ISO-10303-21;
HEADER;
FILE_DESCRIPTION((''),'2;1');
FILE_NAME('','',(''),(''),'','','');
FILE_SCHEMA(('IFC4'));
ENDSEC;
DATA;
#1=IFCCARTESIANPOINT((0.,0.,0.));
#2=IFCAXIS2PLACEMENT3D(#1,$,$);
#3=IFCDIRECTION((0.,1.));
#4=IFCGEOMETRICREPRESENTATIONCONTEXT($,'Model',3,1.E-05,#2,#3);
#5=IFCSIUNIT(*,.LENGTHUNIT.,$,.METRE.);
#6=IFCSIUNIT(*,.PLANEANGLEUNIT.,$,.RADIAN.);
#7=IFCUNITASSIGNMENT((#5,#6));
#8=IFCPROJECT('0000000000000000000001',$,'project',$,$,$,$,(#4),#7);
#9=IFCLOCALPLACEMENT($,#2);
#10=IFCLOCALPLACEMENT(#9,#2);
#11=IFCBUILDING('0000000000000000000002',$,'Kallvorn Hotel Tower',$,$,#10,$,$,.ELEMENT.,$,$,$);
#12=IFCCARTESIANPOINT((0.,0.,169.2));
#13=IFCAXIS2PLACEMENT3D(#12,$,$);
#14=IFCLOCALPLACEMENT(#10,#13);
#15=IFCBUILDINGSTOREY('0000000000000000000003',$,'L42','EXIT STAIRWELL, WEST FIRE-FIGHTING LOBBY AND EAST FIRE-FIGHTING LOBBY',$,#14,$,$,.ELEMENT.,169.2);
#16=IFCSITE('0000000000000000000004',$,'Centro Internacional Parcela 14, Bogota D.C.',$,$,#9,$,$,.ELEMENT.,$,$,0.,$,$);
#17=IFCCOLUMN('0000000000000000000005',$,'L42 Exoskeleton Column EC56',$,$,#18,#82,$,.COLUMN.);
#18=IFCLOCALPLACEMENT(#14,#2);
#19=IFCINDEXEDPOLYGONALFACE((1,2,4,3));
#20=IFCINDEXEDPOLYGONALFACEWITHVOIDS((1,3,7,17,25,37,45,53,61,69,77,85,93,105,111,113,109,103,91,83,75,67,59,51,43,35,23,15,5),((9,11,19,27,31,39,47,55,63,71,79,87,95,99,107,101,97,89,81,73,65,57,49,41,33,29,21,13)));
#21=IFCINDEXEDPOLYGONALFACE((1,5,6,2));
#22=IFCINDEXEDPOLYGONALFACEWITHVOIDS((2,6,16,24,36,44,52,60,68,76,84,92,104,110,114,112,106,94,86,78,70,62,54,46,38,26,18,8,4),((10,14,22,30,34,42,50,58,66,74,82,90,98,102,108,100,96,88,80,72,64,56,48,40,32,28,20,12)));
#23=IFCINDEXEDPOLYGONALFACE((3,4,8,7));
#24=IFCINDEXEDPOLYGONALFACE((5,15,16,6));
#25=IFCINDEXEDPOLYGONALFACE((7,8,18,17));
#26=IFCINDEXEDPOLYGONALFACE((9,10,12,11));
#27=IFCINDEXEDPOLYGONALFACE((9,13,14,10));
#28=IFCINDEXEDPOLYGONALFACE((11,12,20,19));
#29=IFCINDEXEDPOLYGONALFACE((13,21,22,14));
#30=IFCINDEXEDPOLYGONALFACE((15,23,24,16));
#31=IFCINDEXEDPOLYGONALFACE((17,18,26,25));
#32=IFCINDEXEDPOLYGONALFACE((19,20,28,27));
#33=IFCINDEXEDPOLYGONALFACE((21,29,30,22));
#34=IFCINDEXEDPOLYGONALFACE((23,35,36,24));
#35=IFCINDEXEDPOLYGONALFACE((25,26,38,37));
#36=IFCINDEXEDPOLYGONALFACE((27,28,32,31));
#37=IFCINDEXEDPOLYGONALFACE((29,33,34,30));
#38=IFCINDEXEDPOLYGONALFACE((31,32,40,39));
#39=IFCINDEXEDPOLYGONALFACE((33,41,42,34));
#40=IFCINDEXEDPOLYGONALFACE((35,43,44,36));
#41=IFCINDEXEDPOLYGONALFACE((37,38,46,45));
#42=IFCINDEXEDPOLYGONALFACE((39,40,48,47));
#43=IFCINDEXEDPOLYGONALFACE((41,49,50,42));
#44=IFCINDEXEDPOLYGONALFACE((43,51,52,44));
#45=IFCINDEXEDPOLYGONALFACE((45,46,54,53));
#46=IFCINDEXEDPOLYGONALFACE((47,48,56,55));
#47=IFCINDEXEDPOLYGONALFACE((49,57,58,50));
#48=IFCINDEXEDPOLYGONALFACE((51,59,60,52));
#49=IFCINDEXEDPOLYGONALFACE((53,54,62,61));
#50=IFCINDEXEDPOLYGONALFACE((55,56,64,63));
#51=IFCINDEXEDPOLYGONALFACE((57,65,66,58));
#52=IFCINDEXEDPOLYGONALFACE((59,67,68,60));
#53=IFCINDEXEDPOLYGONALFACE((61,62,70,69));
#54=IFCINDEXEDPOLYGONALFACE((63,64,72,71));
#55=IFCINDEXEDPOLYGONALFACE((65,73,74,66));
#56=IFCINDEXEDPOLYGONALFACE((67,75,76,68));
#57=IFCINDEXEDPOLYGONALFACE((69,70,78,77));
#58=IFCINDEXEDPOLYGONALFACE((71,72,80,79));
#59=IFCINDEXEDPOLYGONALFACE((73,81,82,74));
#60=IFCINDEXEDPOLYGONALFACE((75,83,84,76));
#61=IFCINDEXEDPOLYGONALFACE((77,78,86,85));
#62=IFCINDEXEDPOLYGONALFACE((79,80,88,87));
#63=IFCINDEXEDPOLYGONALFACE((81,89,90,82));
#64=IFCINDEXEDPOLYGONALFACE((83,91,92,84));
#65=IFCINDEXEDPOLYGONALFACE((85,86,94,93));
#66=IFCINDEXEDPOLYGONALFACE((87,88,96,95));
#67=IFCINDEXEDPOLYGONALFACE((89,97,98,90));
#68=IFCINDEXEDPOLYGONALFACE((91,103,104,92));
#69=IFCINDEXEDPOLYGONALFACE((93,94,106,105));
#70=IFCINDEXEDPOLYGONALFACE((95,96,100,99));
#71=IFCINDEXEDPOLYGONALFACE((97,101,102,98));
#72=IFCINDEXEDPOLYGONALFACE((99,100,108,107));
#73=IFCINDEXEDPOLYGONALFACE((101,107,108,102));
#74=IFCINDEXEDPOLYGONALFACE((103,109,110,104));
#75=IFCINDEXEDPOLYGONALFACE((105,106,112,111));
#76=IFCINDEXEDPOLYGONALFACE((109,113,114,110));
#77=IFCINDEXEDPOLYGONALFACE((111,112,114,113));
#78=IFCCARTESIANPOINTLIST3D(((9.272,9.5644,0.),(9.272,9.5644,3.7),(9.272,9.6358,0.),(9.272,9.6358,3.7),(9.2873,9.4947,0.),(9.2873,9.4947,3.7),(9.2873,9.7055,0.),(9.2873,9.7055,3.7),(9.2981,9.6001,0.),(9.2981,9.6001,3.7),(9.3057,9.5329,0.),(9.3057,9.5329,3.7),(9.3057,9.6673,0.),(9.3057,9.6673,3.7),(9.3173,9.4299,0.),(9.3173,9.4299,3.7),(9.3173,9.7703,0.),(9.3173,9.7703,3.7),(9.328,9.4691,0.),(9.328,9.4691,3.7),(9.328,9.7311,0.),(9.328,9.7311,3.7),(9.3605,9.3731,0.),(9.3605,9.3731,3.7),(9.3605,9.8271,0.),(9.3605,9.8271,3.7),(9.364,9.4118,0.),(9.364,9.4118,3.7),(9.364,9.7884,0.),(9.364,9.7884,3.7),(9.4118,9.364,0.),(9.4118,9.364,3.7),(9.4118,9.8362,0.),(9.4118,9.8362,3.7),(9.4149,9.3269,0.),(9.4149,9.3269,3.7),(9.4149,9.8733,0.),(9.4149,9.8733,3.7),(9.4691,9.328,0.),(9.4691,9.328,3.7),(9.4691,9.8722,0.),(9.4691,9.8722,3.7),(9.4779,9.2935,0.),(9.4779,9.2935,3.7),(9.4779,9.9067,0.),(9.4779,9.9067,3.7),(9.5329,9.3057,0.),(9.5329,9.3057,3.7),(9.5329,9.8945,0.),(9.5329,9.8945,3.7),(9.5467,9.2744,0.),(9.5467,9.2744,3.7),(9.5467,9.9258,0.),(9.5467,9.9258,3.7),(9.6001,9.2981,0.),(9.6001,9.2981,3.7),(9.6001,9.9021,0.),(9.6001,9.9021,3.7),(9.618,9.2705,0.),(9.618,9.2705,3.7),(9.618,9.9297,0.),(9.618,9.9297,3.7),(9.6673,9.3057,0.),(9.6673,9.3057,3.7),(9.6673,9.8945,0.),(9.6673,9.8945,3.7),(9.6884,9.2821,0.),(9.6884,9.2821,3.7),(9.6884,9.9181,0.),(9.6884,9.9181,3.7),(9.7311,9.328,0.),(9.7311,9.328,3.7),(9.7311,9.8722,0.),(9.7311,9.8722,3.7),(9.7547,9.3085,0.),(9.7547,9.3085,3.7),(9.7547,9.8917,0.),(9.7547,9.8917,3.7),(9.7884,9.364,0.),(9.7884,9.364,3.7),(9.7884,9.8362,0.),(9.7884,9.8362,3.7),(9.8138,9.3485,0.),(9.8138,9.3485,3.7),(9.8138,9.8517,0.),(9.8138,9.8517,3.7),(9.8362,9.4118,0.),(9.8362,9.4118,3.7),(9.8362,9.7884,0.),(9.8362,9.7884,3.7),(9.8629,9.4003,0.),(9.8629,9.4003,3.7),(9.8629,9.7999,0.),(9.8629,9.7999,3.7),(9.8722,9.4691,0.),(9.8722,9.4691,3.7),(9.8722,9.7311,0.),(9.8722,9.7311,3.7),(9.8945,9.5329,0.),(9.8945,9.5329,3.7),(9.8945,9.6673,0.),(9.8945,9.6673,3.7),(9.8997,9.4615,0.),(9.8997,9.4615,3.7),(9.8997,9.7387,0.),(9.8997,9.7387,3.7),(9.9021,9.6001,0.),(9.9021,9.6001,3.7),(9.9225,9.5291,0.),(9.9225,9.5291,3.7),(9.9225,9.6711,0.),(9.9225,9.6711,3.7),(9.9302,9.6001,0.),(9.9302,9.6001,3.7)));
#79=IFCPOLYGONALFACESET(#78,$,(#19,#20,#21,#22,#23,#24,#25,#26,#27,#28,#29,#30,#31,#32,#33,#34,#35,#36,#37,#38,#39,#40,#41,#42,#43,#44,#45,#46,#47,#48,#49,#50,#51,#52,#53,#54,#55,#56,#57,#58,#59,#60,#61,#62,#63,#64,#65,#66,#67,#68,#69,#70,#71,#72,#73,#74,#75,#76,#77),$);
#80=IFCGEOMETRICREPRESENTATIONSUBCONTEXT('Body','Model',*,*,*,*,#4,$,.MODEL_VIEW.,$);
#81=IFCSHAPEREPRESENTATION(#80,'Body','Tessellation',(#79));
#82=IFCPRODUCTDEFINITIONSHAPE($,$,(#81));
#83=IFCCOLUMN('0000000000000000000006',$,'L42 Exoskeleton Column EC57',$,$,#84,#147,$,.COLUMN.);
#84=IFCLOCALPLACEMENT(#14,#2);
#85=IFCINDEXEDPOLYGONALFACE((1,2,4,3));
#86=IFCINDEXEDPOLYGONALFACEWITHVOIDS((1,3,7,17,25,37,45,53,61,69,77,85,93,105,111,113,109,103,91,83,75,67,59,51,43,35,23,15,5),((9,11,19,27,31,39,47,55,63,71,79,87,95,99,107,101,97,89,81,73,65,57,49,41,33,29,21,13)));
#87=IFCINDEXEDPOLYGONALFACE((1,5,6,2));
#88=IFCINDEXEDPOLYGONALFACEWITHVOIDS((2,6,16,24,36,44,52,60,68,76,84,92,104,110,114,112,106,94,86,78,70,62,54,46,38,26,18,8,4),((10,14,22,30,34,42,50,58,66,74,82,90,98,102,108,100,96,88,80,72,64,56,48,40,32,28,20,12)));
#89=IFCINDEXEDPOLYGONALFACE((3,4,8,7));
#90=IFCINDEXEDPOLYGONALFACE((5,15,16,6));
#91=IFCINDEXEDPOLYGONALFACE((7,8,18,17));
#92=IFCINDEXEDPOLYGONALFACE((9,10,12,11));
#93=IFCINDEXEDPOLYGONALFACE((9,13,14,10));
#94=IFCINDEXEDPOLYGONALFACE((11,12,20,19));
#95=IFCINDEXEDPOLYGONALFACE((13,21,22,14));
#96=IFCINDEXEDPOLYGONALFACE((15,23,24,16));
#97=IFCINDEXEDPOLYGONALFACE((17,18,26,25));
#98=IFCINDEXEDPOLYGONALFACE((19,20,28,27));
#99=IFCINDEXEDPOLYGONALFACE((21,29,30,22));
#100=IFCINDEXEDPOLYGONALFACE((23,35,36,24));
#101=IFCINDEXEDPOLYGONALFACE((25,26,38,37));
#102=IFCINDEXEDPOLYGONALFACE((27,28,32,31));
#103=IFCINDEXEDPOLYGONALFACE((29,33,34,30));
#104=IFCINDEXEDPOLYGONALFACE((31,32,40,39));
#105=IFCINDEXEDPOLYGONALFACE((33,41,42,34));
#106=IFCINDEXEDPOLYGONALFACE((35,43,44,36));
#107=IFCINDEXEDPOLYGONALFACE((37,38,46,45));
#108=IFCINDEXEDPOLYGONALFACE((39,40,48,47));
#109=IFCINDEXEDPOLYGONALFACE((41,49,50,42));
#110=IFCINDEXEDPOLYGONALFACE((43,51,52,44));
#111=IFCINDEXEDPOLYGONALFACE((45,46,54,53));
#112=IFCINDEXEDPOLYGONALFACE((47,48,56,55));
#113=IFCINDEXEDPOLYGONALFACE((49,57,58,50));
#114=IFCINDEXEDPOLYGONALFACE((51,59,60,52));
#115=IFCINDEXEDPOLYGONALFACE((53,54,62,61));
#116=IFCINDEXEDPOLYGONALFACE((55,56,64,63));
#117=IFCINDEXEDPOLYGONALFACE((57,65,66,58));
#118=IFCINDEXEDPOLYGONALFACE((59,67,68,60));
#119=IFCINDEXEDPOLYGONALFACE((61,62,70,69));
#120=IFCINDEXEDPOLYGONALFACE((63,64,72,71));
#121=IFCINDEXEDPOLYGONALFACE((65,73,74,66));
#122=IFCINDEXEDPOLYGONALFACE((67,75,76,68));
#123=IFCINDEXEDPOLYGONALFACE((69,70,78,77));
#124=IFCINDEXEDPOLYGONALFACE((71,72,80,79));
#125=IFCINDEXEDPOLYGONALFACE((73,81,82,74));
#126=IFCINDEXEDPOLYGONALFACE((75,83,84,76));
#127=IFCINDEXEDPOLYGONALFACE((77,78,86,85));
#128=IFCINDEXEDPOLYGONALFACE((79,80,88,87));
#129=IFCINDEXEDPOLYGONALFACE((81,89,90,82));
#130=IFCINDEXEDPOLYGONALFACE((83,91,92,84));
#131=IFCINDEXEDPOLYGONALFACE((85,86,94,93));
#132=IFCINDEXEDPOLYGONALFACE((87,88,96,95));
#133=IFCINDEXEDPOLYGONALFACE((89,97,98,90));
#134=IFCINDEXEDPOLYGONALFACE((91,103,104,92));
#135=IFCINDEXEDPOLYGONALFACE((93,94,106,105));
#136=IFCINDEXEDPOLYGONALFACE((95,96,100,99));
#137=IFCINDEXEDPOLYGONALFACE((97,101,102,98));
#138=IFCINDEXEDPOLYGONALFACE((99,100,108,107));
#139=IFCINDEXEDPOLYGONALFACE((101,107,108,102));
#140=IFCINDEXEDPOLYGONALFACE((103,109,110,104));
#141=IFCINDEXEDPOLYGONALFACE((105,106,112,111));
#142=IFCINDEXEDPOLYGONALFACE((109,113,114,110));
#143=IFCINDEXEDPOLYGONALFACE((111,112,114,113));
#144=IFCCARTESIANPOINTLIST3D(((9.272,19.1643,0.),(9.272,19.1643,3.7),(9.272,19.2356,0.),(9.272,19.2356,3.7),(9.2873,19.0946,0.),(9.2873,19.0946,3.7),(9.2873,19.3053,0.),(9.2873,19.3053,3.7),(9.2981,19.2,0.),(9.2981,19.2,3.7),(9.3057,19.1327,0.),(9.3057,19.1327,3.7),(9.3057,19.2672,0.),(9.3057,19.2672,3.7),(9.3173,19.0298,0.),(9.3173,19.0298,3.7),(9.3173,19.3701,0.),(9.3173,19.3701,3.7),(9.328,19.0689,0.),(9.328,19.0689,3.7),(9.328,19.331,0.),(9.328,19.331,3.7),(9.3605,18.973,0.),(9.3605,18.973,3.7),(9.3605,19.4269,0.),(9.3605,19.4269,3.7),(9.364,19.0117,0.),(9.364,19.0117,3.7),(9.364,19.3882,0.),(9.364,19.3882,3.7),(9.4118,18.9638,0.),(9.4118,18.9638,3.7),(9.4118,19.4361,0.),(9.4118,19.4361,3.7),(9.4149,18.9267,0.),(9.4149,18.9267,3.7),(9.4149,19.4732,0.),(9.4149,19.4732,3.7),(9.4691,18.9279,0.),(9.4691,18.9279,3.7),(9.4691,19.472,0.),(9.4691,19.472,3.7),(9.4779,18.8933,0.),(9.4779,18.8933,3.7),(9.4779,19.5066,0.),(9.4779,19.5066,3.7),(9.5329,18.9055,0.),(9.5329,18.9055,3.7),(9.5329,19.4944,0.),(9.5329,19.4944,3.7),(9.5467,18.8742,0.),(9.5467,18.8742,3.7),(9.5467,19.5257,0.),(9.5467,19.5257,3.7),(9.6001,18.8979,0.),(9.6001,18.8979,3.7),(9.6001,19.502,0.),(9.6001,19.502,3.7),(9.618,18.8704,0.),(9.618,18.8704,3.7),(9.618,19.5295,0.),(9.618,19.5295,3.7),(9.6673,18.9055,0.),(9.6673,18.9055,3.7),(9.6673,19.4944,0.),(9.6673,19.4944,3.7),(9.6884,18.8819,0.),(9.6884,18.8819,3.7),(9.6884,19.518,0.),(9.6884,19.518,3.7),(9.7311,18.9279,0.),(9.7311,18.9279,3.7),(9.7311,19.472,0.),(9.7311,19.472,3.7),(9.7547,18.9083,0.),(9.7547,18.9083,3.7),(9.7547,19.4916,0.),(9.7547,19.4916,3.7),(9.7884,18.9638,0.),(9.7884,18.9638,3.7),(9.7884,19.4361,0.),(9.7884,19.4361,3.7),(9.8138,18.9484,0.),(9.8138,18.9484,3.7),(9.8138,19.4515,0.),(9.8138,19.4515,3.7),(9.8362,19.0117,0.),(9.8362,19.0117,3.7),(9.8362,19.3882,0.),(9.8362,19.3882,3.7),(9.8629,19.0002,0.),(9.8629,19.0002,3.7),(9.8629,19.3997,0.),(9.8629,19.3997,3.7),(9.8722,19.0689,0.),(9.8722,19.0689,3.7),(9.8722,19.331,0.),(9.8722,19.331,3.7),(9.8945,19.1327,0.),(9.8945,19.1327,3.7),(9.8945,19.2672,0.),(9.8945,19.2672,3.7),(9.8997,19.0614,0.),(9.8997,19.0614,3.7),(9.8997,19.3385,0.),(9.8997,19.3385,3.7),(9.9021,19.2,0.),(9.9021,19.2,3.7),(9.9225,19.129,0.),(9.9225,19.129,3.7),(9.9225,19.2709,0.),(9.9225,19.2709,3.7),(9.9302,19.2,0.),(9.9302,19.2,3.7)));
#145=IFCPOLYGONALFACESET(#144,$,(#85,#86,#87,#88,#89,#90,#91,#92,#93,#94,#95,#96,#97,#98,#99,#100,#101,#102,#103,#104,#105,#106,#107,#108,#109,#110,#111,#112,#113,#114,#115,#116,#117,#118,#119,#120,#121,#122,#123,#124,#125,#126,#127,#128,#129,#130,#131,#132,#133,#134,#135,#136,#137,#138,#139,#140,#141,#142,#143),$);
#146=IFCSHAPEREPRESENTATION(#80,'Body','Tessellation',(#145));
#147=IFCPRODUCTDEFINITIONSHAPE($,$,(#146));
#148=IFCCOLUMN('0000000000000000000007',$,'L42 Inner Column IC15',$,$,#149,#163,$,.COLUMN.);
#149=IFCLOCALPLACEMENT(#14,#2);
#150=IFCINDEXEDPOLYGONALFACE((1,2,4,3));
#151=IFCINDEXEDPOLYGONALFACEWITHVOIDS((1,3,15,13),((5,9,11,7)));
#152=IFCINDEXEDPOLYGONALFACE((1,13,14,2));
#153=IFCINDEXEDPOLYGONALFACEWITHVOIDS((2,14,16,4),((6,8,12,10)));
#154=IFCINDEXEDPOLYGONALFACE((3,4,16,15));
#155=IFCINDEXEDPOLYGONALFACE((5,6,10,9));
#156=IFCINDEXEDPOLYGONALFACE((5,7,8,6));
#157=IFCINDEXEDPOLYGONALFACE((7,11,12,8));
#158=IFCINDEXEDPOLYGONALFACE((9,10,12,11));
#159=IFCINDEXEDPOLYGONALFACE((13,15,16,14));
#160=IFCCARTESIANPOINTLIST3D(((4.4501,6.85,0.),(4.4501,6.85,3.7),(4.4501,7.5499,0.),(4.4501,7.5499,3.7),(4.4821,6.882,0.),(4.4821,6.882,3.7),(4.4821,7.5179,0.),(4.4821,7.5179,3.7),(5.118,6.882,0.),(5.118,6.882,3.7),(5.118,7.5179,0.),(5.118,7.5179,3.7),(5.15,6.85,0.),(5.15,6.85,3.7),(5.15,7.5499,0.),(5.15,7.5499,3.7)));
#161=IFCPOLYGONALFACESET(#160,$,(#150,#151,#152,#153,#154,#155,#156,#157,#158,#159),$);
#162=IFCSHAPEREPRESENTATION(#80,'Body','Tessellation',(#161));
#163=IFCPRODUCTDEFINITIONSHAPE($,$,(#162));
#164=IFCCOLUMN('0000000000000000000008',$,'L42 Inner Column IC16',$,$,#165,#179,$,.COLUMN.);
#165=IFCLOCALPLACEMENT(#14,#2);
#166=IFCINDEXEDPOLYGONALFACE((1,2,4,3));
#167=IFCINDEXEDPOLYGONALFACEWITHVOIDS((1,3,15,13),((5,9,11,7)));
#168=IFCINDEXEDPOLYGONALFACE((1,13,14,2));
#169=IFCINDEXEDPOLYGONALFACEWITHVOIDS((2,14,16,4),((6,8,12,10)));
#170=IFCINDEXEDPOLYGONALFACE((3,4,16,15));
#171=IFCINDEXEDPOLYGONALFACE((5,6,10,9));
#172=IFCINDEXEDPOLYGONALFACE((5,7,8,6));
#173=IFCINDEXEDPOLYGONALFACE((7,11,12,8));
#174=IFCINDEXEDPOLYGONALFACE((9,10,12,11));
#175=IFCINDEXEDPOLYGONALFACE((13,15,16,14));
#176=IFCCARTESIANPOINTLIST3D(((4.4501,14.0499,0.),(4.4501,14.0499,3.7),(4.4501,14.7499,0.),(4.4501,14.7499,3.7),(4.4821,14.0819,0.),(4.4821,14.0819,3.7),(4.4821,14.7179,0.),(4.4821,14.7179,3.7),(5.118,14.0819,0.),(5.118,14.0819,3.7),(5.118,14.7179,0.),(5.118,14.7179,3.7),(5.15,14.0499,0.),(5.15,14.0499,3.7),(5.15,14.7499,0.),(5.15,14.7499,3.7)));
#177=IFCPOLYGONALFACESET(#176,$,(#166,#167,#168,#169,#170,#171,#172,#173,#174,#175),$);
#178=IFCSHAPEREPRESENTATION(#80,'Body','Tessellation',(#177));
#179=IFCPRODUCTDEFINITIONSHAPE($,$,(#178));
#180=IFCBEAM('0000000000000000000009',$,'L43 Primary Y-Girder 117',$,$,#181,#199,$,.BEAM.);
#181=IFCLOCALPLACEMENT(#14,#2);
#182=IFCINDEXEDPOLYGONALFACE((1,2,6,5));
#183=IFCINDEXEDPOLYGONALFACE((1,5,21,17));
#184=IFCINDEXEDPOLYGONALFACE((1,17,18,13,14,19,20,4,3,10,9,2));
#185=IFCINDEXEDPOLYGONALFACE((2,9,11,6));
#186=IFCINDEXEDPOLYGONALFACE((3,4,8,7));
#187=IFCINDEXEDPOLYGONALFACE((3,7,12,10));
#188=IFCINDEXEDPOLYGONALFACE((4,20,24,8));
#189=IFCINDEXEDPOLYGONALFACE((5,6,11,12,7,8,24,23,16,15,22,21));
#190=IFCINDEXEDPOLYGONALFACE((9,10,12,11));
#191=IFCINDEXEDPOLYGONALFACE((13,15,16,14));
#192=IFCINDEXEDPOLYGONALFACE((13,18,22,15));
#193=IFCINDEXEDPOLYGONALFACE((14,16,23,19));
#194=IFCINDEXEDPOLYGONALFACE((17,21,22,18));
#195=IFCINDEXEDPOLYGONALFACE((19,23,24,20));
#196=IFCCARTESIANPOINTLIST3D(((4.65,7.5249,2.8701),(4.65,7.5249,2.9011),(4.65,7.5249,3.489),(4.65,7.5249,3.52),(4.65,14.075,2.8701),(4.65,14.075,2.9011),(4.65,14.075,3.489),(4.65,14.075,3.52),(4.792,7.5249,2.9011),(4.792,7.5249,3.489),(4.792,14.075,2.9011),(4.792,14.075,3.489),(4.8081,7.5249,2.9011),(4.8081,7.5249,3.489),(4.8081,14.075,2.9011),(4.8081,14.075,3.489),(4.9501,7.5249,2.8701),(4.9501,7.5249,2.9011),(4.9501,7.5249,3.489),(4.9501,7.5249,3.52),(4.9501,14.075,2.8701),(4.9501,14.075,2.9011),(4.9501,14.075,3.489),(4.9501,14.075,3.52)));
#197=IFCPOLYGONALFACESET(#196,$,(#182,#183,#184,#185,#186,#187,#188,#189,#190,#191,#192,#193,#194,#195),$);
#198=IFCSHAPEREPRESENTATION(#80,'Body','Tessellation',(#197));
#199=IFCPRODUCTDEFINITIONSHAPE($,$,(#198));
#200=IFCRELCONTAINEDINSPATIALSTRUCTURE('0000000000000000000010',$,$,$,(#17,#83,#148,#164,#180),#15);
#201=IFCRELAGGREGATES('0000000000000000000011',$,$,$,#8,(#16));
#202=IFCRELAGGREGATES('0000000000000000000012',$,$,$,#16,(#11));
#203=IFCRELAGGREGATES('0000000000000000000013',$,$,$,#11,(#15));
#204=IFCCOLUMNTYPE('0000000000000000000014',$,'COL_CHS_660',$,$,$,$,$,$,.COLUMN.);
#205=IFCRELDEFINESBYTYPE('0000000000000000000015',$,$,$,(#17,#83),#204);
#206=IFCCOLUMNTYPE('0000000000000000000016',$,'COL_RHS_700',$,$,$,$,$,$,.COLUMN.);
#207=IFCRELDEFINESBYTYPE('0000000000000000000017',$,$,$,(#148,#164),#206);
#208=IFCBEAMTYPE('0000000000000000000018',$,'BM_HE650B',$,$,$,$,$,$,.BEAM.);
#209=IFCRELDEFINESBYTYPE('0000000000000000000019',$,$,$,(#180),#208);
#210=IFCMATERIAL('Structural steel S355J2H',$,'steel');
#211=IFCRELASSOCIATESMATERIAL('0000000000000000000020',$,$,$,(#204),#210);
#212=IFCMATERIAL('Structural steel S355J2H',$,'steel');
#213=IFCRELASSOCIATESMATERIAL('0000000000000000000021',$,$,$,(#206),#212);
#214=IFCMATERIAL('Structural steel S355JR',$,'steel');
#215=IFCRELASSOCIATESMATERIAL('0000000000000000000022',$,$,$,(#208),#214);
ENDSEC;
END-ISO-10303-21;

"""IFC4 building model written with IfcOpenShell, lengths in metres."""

from ifc_helpers import new_model, si_unit, direction, frame, origin, origin_2d, place, context, subcontext, project, spatial, hollow_rectangle, hollow_circle, i_section, extrude, material, material_profile, profile_set, type_object, element, save


model = new_model("IFC4")

# Units and contexts
model_context = context("Model", 3, precision=1e-05, world=origin(), true_north=direction((0.0, 1.0)))
body_context = subcontext(model_context, "Body", "Model", "MODEL_VIEW")
ifc_project = project(units=[si_unit("LENGTHUNIT", "METRE"), si_unit("PLANEANGLEUNIT", "RADIAN")], contexts=[model_context])

# Site, building, storey
site_placement = place(None, origin())
site = spatial("IfcSite", under=ifc_project, at=site_placement, Name="Centro Internacional Parcela 14, Bogota D.C.", CompositionType="ELEMENT", RefElevation=0.0)
building_placement = place(site_placement, origin())
building = spatial("IfcBuilding", under=site, at=building_placement, Name="Kallvorn Hotel Tower", CompositionType="ELEMENT")
storey_placement = place(building_placement, frame((0.0, 0.0, 169.2)))
storey = spatial("IfcBuildingStorey", under=building, at=storey_placement, Name="L42", Description="EXIT STAIRWELL, WEST FIRE-FIGHTING LOBBY AND EAST FIRE-FIGHTING LOBBY", CompositionType="ELEMENT", Elevation=169.2)

# Columns
ifc_material_1 = material(Name="Structural steel S355J2H", Category="steel")
ifc_material_profile_1 = material_profile(ifc_material_1, hollow_circle(Radius=0.3301, WallThickness=0.0281, at=origin_2d()), Name="CHS 660x28")
ifc_profile_set_1 = profile_set([ifc_material_profile_1], Name="Structural steel S355J2H")
column_type_1 = type_object("IfcColumnType", Name="COL_CHS_660", PredefinedType="COLUMN", material=ifc_profile_set_1)
for number, where, z_axis, x_axis, name in (
    (1, (9.6001, 9.6001, 0.0), (0.0, 0.0, 1.0), (1.0, 0.0, 0.0), "L42 Exoskeleton Column EC56"),
    (2, (9.6001, 19.2, 0.0), (0.0, 0.0, 1.0), (1.0, 0.0, 0.0), "L42 Exoskeleton Column EC57"),
):
    element("IfcColumn", number, at=place(storey_placement, frame(where, z_axis=z_axis, x_axis=x_axis)), inside=storey, type_object=column_type_1, Name=name, PredefinedType="COLUMN", context=body_context, shape_type="SweptSolid", body=[
        extrude(hollow_circle(Radius=0.3301, WallThickness=0.0281, at=origin_2d()), origin(), (0.0, 0.0, 1.0), 3.7),
    ])
ifc_material_2 = material(Name="Structural steel S355J2H", Category="steel")
ifc_material_profile_2 = material_profile(ifc_material_2, hollow_rectangle(XDim=0.7, YDim=0.7, WallThickness=0.032, at=origin_2d()), Name="RHS 700x700x32")
ifc_profile_set_2 = profile_set([ifc_material_profile_2], Name="Structural steel S355J2H")
column_type_2 = type_object("IfcColumnType", Name="COL_RHS_700", PredefinedType="COLUMN", material=ifc_profile_set_2)
for number, where, z_axis, x_axis, name in (
    (3, (4.8, 7.2, 0.0), (0.0, 0.0, 1.0), (1.0, 0.0, 0.0), "L42 Inner Column IC15"),
    (4, (4.8, 14.3999, 0.0), (0.0, 0.0, 1.0), (1.0, 0.0, 0.0), "L42 Inner Column IC16"),
):
    element("IfcColumn", number, at=place(storey_placement, frame(where, z_axis=z_axis, x_axis=x_axis)), inside=storey, type_object=column_type_2, Name=name, PredefinedType="COLUMN", context=body_context, shape_type="SweptSolid", body=[
        extrude(hollow_rectangle(XDim=0.7, YDim=0.7, WallThickness=0.032, at=origin_2d()), origin(), (0.0, 0.0, 1.0), 3.7),
    ])

# Beam
ifc_material_3 = material(Name="Structural steel S355JR", Category="steel")
ifc_material_profile_3 = material_profile(ifc_material_3, i_section(OverallWidth=0.3, OverallDepth=0.6499, WebThickness=0.0161, FlangeThickness=0.031, at=origin_2d()), Name="HE 650 B")
ifc_profile_set_3 = profile_set([ifc_material_profile_3], Name="Structural steel S355JR")
beam_type_1 = type_object("IfcBeamType", Name="BM_HE650B", PredefinedType="BEAM", material=ifc_profile_set_3)
beam_1_placement = place(storey_placement, frame((4.8, 7.5249, 3.1951), z_axis=(0.0, 1.0, 0.0), x_axis=(-1.0, 0.0, 0.0)))
element("IfcBeam", 5, at=beam_1_placement, inside=storey, type_object=beam_type_1, Name="L43 Primary Y-Girder 117", PredefinedType="BEAM", context=body_context, shape_type="SweptSolid", body=[
    extrude(i_section(OverallWidth=0.3, OverallDepth=0.6499, WebThickness=0.0161, FlangeThickness=0.031, at=origin_2d()), origin(), (0.0, 0.0, 1.0), 6.55),
])

save(model, "model.ifc")
